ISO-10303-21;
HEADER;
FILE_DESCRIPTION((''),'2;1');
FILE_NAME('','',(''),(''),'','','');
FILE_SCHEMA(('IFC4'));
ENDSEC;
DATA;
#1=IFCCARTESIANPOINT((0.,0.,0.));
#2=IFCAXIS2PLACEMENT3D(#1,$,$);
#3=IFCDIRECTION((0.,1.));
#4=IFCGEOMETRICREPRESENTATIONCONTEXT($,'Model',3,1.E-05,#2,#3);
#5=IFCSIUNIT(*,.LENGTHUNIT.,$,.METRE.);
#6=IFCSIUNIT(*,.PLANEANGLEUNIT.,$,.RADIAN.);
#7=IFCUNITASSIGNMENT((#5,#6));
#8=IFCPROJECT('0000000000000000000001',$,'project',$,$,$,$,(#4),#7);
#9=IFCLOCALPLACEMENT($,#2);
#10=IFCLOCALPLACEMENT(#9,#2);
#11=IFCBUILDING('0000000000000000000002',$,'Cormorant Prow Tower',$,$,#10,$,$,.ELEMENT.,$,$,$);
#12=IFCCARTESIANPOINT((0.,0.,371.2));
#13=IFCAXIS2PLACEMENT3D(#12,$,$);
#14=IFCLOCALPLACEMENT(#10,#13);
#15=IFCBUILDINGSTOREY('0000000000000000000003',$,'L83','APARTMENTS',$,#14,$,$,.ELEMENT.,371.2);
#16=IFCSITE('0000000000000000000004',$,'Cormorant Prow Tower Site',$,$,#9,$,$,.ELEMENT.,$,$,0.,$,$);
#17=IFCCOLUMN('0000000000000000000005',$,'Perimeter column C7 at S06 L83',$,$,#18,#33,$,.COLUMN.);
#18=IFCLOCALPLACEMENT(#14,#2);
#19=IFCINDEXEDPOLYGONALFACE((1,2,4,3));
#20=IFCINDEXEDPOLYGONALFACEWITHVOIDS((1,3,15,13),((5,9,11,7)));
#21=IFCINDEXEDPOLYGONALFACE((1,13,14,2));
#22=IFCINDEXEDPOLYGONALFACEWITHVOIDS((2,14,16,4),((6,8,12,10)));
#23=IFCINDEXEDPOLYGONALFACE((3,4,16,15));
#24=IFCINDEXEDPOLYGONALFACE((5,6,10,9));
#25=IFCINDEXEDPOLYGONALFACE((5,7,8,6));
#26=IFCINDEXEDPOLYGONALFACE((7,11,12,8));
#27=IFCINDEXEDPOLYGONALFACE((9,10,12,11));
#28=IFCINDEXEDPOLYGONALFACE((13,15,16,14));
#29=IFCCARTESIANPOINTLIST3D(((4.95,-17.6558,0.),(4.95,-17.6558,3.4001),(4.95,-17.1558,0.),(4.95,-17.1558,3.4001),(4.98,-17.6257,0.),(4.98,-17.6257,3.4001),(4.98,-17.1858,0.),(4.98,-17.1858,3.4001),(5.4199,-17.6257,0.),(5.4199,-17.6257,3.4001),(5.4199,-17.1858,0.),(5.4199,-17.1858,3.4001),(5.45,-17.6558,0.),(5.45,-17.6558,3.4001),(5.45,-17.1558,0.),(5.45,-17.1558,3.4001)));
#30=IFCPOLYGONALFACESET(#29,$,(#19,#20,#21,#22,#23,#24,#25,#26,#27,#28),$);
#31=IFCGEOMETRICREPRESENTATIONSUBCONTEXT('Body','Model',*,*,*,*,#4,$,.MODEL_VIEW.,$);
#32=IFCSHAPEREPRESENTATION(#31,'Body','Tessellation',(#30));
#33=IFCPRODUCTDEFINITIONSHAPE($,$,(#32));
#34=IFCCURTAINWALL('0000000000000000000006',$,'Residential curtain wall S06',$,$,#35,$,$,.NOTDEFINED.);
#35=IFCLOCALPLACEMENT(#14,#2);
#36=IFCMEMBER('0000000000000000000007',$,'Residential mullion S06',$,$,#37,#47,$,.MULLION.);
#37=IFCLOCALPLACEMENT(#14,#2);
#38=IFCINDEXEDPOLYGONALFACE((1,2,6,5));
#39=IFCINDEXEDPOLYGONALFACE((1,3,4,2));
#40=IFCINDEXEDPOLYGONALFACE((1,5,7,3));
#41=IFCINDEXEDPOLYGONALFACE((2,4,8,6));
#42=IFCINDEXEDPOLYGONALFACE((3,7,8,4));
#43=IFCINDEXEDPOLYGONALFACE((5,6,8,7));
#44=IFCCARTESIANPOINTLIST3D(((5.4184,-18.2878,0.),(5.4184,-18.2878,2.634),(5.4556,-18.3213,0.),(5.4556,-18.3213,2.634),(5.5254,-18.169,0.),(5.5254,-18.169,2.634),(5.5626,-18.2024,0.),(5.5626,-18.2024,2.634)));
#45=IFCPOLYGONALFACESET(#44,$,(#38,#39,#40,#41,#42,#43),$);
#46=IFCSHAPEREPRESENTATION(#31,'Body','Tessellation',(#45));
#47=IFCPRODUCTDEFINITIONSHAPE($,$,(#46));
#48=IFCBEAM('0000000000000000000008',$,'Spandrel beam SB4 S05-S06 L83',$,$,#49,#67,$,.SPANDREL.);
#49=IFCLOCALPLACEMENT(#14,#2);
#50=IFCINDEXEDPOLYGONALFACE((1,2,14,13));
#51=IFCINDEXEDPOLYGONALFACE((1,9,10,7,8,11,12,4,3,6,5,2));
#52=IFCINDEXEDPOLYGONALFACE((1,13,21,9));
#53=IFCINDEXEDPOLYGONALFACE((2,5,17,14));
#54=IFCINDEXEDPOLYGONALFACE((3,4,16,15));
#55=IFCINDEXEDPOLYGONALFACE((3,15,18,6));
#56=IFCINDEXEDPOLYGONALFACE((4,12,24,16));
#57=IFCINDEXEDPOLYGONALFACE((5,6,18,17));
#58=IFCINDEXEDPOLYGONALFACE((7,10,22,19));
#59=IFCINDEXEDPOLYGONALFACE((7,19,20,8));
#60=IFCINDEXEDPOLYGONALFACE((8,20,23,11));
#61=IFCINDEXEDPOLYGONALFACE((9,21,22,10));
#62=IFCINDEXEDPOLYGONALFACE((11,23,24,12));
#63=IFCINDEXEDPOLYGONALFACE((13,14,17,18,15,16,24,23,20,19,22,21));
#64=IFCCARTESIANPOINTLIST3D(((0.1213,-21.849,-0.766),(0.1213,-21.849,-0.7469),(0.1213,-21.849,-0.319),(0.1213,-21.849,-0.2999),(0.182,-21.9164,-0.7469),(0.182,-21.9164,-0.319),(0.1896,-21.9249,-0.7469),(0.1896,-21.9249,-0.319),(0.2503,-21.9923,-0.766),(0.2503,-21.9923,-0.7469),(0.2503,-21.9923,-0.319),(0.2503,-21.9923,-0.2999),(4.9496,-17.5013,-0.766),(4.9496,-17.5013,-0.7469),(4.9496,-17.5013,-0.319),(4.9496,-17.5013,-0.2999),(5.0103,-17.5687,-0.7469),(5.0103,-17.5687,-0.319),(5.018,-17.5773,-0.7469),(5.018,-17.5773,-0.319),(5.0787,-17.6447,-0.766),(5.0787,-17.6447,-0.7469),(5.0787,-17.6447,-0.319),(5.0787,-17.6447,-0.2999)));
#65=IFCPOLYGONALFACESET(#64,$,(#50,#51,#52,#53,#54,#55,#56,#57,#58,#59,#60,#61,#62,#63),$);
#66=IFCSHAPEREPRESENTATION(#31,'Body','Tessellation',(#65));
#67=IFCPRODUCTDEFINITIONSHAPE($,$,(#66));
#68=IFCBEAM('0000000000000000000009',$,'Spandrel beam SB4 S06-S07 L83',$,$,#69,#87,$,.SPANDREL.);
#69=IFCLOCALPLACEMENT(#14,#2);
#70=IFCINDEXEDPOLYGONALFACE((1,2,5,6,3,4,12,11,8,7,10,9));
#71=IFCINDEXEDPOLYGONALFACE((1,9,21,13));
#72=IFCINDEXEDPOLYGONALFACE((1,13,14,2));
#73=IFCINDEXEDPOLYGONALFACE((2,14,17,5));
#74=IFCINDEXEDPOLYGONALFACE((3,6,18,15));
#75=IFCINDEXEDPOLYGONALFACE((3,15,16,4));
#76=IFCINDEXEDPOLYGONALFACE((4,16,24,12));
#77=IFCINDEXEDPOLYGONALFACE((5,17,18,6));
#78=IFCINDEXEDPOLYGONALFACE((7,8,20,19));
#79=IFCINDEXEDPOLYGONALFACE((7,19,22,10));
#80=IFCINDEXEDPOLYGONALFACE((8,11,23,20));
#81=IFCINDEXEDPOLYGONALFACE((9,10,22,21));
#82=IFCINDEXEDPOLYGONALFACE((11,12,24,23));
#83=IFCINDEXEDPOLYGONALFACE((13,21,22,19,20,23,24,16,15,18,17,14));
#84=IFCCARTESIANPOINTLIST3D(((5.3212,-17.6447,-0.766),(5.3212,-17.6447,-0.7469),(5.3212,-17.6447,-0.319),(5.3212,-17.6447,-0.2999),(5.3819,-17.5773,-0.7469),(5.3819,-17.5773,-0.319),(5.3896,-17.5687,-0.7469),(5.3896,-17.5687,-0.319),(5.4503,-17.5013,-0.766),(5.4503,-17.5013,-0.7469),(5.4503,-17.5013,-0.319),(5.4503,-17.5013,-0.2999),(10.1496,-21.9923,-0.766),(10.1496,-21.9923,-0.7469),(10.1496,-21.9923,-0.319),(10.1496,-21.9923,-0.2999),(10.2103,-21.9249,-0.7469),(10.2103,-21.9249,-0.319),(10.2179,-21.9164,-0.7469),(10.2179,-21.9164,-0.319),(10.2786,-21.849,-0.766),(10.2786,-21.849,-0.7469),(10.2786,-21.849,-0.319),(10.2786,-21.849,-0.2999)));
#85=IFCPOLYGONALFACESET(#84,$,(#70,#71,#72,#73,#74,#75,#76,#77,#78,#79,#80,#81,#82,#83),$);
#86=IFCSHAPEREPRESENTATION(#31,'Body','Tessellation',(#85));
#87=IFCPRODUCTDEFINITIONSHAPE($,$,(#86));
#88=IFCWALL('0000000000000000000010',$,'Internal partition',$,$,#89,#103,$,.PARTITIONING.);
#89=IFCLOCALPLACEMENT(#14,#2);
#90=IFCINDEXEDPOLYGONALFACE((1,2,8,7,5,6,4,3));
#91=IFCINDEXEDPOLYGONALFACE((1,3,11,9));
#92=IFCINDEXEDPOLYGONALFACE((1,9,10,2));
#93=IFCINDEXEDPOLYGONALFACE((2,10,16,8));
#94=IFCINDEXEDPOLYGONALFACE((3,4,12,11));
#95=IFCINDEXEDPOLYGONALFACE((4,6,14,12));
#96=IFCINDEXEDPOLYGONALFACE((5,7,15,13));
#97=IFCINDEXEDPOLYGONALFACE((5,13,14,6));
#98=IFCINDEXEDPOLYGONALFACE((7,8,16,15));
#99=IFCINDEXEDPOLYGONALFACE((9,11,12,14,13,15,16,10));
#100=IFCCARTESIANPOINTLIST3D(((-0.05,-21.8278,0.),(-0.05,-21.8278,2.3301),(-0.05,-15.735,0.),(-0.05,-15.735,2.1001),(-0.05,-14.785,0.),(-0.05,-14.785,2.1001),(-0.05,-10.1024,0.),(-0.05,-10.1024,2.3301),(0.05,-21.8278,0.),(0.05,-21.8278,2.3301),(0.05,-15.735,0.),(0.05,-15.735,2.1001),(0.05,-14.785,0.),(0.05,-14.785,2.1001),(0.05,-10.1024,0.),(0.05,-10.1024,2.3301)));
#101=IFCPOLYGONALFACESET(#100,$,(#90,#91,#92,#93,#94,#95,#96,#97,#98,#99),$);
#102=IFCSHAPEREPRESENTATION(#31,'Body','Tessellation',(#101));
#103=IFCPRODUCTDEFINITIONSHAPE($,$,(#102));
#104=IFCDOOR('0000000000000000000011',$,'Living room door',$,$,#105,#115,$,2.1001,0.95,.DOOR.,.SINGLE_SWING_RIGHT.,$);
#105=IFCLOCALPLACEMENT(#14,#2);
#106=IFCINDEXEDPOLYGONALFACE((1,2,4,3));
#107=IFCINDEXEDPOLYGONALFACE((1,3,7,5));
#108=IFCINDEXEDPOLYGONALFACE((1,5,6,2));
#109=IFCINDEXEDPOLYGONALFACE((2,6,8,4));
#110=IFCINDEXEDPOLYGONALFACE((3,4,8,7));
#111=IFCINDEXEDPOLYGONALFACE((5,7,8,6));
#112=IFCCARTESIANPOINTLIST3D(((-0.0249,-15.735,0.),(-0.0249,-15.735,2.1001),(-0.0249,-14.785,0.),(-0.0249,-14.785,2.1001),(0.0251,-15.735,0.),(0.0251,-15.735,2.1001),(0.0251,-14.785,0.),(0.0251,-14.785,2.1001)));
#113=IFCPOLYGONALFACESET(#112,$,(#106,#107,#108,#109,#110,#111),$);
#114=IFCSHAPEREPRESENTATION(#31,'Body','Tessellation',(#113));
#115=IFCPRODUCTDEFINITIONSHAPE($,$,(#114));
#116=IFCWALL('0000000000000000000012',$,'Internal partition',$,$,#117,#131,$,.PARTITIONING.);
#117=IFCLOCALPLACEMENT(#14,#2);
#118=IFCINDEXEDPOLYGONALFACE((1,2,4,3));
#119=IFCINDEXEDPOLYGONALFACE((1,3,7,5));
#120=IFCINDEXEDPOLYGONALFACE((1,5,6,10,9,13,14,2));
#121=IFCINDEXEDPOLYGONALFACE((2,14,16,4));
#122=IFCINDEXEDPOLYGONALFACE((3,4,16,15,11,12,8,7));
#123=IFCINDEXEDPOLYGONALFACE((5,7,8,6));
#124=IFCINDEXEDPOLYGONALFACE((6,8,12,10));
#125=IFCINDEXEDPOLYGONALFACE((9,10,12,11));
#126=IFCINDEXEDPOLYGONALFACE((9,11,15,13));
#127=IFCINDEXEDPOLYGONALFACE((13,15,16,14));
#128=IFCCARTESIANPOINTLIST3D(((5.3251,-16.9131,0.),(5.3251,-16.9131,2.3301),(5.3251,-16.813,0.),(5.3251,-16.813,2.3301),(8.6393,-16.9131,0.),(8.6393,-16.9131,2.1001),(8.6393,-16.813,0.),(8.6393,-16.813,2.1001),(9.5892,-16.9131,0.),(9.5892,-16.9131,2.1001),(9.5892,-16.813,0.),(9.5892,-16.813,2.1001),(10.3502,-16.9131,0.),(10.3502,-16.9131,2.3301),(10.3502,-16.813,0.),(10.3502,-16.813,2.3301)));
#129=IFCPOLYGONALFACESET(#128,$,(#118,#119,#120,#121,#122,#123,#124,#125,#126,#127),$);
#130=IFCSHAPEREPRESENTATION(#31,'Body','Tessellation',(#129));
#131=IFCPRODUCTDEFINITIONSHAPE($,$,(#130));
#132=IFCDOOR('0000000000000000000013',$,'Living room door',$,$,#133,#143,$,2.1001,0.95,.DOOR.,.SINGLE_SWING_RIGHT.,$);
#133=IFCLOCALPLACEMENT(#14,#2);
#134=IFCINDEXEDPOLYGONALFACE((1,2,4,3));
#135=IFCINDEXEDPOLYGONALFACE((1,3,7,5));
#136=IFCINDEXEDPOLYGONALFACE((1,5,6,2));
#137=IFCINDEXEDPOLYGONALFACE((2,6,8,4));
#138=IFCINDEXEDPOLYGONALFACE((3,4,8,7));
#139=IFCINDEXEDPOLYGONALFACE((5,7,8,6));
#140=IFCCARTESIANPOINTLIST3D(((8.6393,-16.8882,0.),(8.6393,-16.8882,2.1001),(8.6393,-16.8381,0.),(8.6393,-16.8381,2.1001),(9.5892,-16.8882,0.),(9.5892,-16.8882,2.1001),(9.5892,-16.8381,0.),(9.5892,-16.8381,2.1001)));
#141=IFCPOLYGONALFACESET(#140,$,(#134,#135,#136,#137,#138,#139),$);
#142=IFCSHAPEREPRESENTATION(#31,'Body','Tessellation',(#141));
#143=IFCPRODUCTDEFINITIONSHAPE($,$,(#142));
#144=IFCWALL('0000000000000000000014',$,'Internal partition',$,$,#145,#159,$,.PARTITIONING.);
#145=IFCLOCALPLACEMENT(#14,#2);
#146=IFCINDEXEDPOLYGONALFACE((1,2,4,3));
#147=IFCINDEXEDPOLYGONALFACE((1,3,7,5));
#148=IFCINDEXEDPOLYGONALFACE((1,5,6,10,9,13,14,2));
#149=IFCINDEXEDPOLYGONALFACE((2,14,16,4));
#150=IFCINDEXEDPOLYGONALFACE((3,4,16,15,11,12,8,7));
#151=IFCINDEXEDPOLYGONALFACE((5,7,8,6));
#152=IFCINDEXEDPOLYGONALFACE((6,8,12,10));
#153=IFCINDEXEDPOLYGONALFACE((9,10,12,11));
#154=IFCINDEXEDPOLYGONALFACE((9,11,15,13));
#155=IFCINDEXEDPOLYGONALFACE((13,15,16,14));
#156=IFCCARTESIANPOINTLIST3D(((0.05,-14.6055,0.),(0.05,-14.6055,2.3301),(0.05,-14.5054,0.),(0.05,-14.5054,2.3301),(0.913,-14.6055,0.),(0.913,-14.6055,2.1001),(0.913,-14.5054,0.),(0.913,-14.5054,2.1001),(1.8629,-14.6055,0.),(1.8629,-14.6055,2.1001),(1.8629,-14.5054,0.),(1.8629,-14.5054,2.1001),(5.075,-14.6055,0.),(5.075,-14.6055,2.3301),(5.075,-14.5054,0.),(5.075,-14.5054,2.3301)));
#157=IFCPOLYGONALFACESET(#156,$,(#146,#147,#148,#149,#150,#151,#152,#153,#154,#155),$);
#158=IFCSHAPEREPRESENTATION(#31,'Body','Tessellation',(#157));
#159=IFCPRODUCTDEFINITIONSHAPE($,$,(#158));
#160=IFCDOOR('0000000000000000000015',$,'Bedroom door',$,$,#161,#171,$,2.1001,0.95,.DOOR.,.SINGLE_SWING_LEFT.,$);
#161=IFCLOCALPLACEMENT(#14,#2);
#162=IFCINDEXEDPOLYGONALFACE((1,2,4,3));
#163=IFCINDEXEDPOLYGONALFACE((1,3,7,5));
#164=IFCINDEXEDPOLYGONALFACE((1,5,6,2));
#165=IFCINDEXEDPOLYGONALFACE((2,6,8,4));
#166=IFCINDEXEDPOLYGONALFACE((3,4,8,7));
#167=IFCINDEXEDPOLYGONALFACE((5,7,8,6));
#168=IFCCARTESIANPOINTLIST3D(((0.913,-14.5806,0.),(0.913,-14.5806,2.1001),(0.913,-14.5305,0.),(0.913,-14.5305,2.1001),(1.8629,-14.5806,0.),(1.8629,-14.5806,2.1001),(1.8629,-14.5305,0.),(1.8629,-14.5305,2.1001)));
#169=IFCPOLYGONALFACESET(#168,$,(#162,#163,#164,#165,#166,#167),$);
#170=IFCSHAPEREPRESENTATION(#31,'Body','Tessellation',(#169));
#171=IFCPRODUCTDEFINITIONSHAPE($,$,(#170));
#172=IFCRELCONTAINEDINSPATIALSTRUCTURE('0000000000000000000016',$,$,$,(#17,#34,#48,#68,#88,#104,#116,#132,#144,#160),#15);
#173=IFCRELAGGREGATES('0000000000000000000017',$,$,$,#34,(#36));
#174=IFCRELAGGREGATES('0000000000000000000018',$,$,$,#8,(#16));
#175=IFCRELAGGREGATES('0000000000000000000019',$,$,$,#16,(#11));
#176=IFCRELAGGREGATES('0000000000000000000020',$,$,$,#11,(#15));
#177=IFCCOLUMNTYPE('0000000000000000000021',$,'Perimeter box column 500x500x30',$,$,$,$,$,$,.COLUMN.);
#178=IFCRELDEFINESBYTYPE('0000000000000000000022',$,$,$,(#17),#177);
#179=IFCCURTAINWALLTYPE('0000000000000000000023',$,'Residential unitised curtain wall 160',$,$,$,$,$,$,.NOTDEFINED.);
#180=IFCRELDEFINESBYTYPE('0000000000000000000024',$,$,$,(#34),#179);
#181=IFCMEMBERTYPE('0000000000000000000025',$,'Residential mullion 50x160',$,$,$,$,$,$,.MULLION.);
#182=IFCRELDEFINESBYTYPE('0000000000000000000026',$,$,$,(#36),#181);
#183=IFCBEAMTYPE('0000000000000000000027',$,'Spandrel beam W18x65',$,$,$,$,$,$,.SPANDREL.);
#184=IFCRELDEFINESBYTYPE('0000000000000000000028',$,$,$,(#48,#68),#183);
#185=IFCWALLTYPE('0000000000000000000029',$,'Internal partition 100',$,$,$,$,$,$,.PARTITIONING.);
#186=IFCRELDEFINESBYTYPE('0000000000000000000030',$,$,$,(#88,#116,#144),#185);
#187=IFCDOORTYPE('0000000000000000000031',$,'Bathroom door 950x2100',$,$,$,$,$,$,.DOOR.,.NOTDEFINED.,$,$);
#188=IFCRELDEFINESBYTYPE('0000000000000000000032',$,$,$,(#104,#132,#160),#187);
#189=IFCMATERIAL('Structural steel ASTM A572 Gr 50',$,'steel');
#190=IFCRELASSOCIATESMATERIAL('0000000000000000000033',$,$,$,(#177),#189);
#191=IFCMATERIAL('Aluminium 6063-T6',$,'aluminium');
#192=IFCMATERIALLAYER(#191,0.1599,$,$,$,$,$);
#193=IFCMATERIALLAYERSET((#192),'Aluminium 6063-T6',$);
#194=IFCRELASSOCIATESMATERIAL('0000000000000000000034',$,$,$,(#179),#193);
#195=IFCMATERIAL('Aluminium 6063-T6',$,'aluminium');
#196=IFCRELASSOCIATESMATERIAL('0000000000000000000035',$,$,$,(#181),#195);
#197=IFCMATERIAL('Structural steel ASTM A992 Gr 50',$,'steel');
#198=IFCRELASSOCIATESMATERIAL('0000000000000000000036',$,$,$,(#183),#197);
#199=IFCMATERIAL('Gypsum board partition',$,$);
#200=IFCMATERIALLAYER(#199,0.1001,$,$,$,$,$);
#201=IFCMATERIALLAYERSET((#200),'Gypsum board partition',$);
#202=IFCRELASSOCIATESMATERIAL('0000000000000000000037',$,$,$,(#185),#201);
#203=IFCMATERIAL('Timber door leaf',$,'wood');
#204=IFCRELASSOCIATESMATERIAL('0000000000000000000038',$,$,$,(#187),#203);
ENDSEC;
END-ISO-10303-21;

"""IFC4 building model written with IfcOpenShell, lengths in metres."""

from ifc_helpers import new_model, si_unit, direction, frame, frame_2d, origin, origin_2d, place, context, subcontext, project, spatial, rectangle, hollow_rectangle, i_section, extrude, material, layer, layer_set, material_profile, profile_set, type_object, element, fill, aggregate, save


model = new_model("IFC4")

# Units and contexts
model_context = context("Model", 3, precision=1e-05, world=origin(), true_north=direction((0.0, 1.0)))
body_context = subcontext(model_context, "Body", "Model", "MODEL_VIEW")
ifc_project = project(units=[si_unit("LENGTHUNIT", "METRE"), si_unit("PLANEANGLEUNIT", "RADIAN")], contexts=[model_context])

# Site, building, storey
site_placement = place(None, origin())
site = spatial("IfcSite", under=ifc_project, at=site_placement, Name="Cormorant Prow Tower Site", CompositionType="ELEMENT", RefElevation=0.0)
building_placement = place(site_placement, origin())
building = spatial("IfcBuilding", under=site, at=building_placement, Name="Cormorant Prow Tower", CompositionType="ELEMENT")
storey_placement = place(building_placement, frame((0.0, 0.0, 371.2)))
storey = spatial("IfcBuildingStorey", under=building, at=storey_placement, Name="L83", Description="APARTMENTS", CompositionType="ELEMENT", Elevation=371.2)

# Column
ifc_material_1 = material(Name="Structural steel ASTM A572 Gr 50", Category="steel")
ifc_material_profile_1 = material_profile(ifc_material_1, hollow_rectangle(XDim=0.5, YDim=0.5, WallThickness=0.03, at=origin_2d()), Name="Box 500x500x30")
ifc_profile_set_1 = profile_set([ifc_material_profile_1], Name="Structural steel ASTM A572 Gr 50")
column_type = type_object("IfcColumnType", Name="Perimeter box column 500x500x30", PredefinedType="COLUMN", material=ifc_profile_set_1)
column_placement = place(storey_placement, frame((5.2, -17.4058, 0.0), z_axis=(0.0, 0.0, 1.0), x_axis=(1.0, 0.0, 0.0)))
element("IfcColumn", 1, at=column_placement, inside=storey, type_object=column_type, Name="Perimeter column C7 at S06 L83", PredefinedType="COLUMN", context=body_context, shape_type="SweptSolid", body=[
    extrude(hollow_rectangle(XDim=0.5, YDim=0.5, WallThickness=0.03, at=origin_2d()), origin(), (0.0, 0.0, 1.0), 3.4001),
])

# Curtain wall, member
ifc_material_2 = material(Name="Aluminium 6063-T6", Category="aluminium")
ifc_layer_1 = layer(ifc_material_2, 0.1599)
ifc_layer_set_1 = layer_set([ifc_layer_1], Name="Aluminium 6063-T6")
curtain_wall_type = type_object("IfcCurtainWallType", Name="Residential unitised curtain wall 160", PredefinedType="NOTDEFINED", material=ifc_layer_set_1)
curtain_wall_placement = place(storey_placement, origin())
curtain_wall = element("IfcCurtainWall", 2, at=curtain_wall_placement, inside=storey, type_object=curtain_wall_type, Name="Residential curtain wall S06", PredefinedType="NOTDEFINED")
ifc_material_3 = material(Name="Aluminium 6063-T6", Category="aluminium")
ifc_material_profile_2 = material_profile(ifc_material_3, rectangle(XDim=0.1599, YDim=0.05, at=origin_2d()), Name="Residential mullion 50x160")
ifc_profile_set_2 = profile_set([ifc_material_profile_2], Name="Aluminium 6063-T6")
member_type = type_object("IfcMemberType", Name="Residential mullion 50x160", PredefinedType="MULLION", material=ifc_profile_set_2)
member_placement = place(storey_placement, frame((5.4905, -18.2451, 0.0), z_axis=(0.0, 0.0, 1.0), x_axis=(0.669131, 0.743145, 0.0)))
member = element("IfcMember", 3, at=member_placement, type_object=member_type, Name="Residential mullion S06", PredefinedType="MULLION", context=body_context, shape_type="SweptSolid", body=[
    extrude(rectangle(XDim=0.1599, YDim=0.05, at=origin_2d()), origin(), (0.0, 0.0, 1.0), 2.634),
])
aggregate(curtain_wall, [member])

# Beams
ifc_material_4 = material(Name="Structural steel ASTM A992 Gr 50", Category="steel")
ifc_material_profile_3 = material_profile(ifc_material_4, i_section(OverallWidth=0.1929, OverallDepth=0.4661, WebThickness=0.0115, FlangeThickness=0.019, at=origin_2d()), Name="W18x65")
ifc_profile_set_3 = profile_set([ifc_material_profile_3], Name="Structural steel ASTM A992 Gr 50")
beam_type = type_object("IfcBeamType", Name="Spandrel beam W18x65", PredefinedType="SPANDREL", material=ifc_profile_set_3)
for number, where, z_axis, x_axis, name in (
    (4, (0.1858, -21.9207, -0.533), (0.743132, 0.669145, 0.0), (-0.669145, 0.743132, 0.0), "Spandrel beam SB4 S05-S06 L83"),
    (5, (5.3857, -17.573, -0.533), (0.743132, -0.669145, 0.0), (0.669145, 0.743132, 0.0), "Spandrel beam SB4 S06-S07 L83"),
):
    element("IfcBeam", number, at=place(storey_placement, frame(where, z_axis=z_axis, x_axis=x_axis)), inside=storey, type_object=beam_type, Name=name, PredefinedType="SPANDREL", context=body_context, shape_type="SweptSolid", body=[
        extrude(i_section(OverallWidth=0.1929, OverallDepth=0.4661, WebThickness=0.0115, FlangeThickness=0.019, at=origin_2d()), origin(), (0.0, 0.0, 1.0), 6.4973),
    ])

# Walls, openings, doors
ifc_material_5 = material(Name="Gypsum board partition")
ifc_layer_2 = layer(ifc_material_5, 0.1001)
ifc_layer_set_2 = layer_set([ifc_layer_2], Name="Gypsum board partition")
wall_type_1 = type_object("IfcWallType", Name="Internal partition 100", PredefinedType="PARTITIONING", material=ifc_layer_set_2)
wall_1_placement = place(storey_placement, frame((0.0, -21.8279, 0.0), z_axis=(0.0, 0.0, 1.0), x_axis=(0.0, 1.0, 0.0)))
wall_1 = element("IfcWall", 6, at=wall_1_placement, inside=storey, type_object=wall_type_1, Name="Internal partition", PredefinedType="PARTITIONING", context=body_context, shape_type="SweptSolid", body=[
    extrude(rectangle(XDim=11.7253, YDim=0.1001, at=frame_2d((5.8628, 0.0))), origin(), (0.0, 0.0, 1.0), 2.3301),
])
opening_1_placement = place(wall_1_placement, frame((6.0928, 0.0, 0.0)))
opening_1 = element("IfcOpeningElement", 7, at=opening_1_placement, cuts=wall_1, PredefinedType="OPENING", context=body_context, shape_type="SweptSolid", body=[
    extrude(rectangle(XDim=0.95, YDim=2.1001, at=frame_2d((0.4751, 1.05))), frame((0.0, 0.0601, 0.0), z_axis=(0.0, -1.0, 0.0), x_axis=(1.0, 0.0, 0.0)), (0.0, 0.0, 1.0), 0.1201),
])
ifc_material_6 = material(Name="Timber door leaf", Category="wood")
door_type_1 = type_object("IfcDoorType", Name="Bathroom door 950x2100", OperationType="NOTDEFINED", PredefinedType="DOOR", material=ifc_material_6)
door_1_placement = place(opening_1_placement, origin())
door_1 = element("IfcDoor", 8, at=door_1_placement, inside=storey, type_object=door_type_1, Name="Living room door", OperationType="SINGLE_SWING_RIGHT", OverallHeight=2.1001, OverallWidth=0.95, PredefinedType="DOOR", context=body_context, shape_type="SweptSolid", body=[
    extrude(rectangle(XDim=0.95, YDim=2.1001, at=frame_2d((0.4751, 1.05))), frame((0.0, 0.0249, 0.0), z_axis=(0.0, -1.0, 0.0), x_axis=(1.0, 0.0, 0.0)), (0.0, 0.0, 1.0), 0.05),
])
fill(opening_1, door_1)
wall_2_placement = place(storey_placement, frame((5.325, -16.863, 0.0), z_axis=(0.0, 0.0, 1.0), x_axis=(1.0, 0.0, 0.0)))
wall_2 = element("IfcWall", 9, at=wall_2_placement, inside=storey, type_object=wall_type_1, Name="Internal partition", PredefinedType="PARTITIONING", context=body_context, shape_type="SweptSolid", body=[
    extrude(rectangle(XDim=5.0251, YDim=0.1001, at=frame_2d((2.5127, 0.0))), origin(), (0.0, 0.0, 1.0), 2.3301),
])
opening_2_placement = place(wall_2_placement, frame((3.3142, 0.0, 0.0)))
opening_2 = element("IfcOpeningElement", 10, at=opening_2_placement, cuts=wall_2, PredefinedType="OPENING", context=body_context, shape_type="SweptSolid", body=[
    extrude(rectangle(XDim=0.95, YDim=2.1001, at=frame_2d((0.4751, 1.05))), frame((0.0, 0.0601, 0.0), z_axis=(0.0, -1.0, 0.0), x_axis=(1.0, 0.0, 0.0)), (0.0, 0.0, 1.0), 0.1201),
])
door_2_placement = place(opening_2_placement, origin())
door_2 = element("IfcDoor", 11, at=door_2_placement, inside=storey, type_object=door_type_1, Name="Living room door", OperationType="SINGLE_SWING_RIGHT", OverallHeight=2.1001, OverallWidth=0.95, PredefinedType="DOOR", context=body_context, shape_type="SweptSolid", body=[
    extrude(rectangle(XDim=0.95, YDim=2.1001, at=frame_2d((0.4751, 1.05))), frame((0.0, 0.0249, 0.0), z_axis=(0.0, -1.0, 0.0), x_axis=(1.0, 0.0, 0.0)), (0.0, 0.0, 1.0), 0.05),
])
fill(opening_2, door_2)
wall_3_placement = place(storey_placement, frame((0.05, -14.5554, 0.0), z_axis=(0.0, 0.0, 1.0), x_axis=(1.0, 0.0, 0.0)))
wall_3 = element("IfcWall", 12, at=wall_3_placement, inside=storey, type_object=wall_type_1, Name="Internal partition", PredefinedType="PARTITIONING", context=body_context, shape_type="SweptSolid", body=[
    extrude(rectangle(XDim=5.0249, YDim=0.1001, at=frame_2d((2.5125, 0.0))), origin(), (0.0, 0.0, 1.0), 2.3301),
])
opening_3_placement = place(wall_3_placement, frame((0.8628, 0.0, 0.0)))
opening_3 = element("IfcOpeningElement", 13, at=opening_3_placement, cuts=wall_3, PredefinedType="OPENING", context=body_context, shape_type="SweptSolid", body=[
    extrude(rectangle(XDim=0.95, YDim=2.1001, at=frame_2d((0.4751, 1.05))), frame((0.0, 0.0601, 0.0), z_axis=(0.0, -1.0, 0.0), x_axis=(1.0, 0.0, 0.0)), (0.0, 0.0, 1.0), 0.1201),
])
door_3_placement = place(opening_3_placement, origin())
door_3 = element("IfcDoor", 14, at=door_3_placement, inside=storey, type_object=door_type_1, Name="Bedroom door", OperationType="SINGLE_SWING_LEFT", OverallHeight=2.1001, OverallWidth=0.95, PredefinedType="DOOR", context=body_context, shape_type="SweptSolid", body=[
    extrude(rectangle(XDim=0.95, YDim=2.1001, at=frame_2d((0.4751, 1.05))), frame((0.0, 0.0249, 0.0), z_axis=(0.0, -1.0, 0.0), x_axis=(1.0, 0.0, 0.0)), (0.0, 0.0, 1.0), 0.05),
])
fill(opening_3, door_3)

save(model, "model.ifc")
